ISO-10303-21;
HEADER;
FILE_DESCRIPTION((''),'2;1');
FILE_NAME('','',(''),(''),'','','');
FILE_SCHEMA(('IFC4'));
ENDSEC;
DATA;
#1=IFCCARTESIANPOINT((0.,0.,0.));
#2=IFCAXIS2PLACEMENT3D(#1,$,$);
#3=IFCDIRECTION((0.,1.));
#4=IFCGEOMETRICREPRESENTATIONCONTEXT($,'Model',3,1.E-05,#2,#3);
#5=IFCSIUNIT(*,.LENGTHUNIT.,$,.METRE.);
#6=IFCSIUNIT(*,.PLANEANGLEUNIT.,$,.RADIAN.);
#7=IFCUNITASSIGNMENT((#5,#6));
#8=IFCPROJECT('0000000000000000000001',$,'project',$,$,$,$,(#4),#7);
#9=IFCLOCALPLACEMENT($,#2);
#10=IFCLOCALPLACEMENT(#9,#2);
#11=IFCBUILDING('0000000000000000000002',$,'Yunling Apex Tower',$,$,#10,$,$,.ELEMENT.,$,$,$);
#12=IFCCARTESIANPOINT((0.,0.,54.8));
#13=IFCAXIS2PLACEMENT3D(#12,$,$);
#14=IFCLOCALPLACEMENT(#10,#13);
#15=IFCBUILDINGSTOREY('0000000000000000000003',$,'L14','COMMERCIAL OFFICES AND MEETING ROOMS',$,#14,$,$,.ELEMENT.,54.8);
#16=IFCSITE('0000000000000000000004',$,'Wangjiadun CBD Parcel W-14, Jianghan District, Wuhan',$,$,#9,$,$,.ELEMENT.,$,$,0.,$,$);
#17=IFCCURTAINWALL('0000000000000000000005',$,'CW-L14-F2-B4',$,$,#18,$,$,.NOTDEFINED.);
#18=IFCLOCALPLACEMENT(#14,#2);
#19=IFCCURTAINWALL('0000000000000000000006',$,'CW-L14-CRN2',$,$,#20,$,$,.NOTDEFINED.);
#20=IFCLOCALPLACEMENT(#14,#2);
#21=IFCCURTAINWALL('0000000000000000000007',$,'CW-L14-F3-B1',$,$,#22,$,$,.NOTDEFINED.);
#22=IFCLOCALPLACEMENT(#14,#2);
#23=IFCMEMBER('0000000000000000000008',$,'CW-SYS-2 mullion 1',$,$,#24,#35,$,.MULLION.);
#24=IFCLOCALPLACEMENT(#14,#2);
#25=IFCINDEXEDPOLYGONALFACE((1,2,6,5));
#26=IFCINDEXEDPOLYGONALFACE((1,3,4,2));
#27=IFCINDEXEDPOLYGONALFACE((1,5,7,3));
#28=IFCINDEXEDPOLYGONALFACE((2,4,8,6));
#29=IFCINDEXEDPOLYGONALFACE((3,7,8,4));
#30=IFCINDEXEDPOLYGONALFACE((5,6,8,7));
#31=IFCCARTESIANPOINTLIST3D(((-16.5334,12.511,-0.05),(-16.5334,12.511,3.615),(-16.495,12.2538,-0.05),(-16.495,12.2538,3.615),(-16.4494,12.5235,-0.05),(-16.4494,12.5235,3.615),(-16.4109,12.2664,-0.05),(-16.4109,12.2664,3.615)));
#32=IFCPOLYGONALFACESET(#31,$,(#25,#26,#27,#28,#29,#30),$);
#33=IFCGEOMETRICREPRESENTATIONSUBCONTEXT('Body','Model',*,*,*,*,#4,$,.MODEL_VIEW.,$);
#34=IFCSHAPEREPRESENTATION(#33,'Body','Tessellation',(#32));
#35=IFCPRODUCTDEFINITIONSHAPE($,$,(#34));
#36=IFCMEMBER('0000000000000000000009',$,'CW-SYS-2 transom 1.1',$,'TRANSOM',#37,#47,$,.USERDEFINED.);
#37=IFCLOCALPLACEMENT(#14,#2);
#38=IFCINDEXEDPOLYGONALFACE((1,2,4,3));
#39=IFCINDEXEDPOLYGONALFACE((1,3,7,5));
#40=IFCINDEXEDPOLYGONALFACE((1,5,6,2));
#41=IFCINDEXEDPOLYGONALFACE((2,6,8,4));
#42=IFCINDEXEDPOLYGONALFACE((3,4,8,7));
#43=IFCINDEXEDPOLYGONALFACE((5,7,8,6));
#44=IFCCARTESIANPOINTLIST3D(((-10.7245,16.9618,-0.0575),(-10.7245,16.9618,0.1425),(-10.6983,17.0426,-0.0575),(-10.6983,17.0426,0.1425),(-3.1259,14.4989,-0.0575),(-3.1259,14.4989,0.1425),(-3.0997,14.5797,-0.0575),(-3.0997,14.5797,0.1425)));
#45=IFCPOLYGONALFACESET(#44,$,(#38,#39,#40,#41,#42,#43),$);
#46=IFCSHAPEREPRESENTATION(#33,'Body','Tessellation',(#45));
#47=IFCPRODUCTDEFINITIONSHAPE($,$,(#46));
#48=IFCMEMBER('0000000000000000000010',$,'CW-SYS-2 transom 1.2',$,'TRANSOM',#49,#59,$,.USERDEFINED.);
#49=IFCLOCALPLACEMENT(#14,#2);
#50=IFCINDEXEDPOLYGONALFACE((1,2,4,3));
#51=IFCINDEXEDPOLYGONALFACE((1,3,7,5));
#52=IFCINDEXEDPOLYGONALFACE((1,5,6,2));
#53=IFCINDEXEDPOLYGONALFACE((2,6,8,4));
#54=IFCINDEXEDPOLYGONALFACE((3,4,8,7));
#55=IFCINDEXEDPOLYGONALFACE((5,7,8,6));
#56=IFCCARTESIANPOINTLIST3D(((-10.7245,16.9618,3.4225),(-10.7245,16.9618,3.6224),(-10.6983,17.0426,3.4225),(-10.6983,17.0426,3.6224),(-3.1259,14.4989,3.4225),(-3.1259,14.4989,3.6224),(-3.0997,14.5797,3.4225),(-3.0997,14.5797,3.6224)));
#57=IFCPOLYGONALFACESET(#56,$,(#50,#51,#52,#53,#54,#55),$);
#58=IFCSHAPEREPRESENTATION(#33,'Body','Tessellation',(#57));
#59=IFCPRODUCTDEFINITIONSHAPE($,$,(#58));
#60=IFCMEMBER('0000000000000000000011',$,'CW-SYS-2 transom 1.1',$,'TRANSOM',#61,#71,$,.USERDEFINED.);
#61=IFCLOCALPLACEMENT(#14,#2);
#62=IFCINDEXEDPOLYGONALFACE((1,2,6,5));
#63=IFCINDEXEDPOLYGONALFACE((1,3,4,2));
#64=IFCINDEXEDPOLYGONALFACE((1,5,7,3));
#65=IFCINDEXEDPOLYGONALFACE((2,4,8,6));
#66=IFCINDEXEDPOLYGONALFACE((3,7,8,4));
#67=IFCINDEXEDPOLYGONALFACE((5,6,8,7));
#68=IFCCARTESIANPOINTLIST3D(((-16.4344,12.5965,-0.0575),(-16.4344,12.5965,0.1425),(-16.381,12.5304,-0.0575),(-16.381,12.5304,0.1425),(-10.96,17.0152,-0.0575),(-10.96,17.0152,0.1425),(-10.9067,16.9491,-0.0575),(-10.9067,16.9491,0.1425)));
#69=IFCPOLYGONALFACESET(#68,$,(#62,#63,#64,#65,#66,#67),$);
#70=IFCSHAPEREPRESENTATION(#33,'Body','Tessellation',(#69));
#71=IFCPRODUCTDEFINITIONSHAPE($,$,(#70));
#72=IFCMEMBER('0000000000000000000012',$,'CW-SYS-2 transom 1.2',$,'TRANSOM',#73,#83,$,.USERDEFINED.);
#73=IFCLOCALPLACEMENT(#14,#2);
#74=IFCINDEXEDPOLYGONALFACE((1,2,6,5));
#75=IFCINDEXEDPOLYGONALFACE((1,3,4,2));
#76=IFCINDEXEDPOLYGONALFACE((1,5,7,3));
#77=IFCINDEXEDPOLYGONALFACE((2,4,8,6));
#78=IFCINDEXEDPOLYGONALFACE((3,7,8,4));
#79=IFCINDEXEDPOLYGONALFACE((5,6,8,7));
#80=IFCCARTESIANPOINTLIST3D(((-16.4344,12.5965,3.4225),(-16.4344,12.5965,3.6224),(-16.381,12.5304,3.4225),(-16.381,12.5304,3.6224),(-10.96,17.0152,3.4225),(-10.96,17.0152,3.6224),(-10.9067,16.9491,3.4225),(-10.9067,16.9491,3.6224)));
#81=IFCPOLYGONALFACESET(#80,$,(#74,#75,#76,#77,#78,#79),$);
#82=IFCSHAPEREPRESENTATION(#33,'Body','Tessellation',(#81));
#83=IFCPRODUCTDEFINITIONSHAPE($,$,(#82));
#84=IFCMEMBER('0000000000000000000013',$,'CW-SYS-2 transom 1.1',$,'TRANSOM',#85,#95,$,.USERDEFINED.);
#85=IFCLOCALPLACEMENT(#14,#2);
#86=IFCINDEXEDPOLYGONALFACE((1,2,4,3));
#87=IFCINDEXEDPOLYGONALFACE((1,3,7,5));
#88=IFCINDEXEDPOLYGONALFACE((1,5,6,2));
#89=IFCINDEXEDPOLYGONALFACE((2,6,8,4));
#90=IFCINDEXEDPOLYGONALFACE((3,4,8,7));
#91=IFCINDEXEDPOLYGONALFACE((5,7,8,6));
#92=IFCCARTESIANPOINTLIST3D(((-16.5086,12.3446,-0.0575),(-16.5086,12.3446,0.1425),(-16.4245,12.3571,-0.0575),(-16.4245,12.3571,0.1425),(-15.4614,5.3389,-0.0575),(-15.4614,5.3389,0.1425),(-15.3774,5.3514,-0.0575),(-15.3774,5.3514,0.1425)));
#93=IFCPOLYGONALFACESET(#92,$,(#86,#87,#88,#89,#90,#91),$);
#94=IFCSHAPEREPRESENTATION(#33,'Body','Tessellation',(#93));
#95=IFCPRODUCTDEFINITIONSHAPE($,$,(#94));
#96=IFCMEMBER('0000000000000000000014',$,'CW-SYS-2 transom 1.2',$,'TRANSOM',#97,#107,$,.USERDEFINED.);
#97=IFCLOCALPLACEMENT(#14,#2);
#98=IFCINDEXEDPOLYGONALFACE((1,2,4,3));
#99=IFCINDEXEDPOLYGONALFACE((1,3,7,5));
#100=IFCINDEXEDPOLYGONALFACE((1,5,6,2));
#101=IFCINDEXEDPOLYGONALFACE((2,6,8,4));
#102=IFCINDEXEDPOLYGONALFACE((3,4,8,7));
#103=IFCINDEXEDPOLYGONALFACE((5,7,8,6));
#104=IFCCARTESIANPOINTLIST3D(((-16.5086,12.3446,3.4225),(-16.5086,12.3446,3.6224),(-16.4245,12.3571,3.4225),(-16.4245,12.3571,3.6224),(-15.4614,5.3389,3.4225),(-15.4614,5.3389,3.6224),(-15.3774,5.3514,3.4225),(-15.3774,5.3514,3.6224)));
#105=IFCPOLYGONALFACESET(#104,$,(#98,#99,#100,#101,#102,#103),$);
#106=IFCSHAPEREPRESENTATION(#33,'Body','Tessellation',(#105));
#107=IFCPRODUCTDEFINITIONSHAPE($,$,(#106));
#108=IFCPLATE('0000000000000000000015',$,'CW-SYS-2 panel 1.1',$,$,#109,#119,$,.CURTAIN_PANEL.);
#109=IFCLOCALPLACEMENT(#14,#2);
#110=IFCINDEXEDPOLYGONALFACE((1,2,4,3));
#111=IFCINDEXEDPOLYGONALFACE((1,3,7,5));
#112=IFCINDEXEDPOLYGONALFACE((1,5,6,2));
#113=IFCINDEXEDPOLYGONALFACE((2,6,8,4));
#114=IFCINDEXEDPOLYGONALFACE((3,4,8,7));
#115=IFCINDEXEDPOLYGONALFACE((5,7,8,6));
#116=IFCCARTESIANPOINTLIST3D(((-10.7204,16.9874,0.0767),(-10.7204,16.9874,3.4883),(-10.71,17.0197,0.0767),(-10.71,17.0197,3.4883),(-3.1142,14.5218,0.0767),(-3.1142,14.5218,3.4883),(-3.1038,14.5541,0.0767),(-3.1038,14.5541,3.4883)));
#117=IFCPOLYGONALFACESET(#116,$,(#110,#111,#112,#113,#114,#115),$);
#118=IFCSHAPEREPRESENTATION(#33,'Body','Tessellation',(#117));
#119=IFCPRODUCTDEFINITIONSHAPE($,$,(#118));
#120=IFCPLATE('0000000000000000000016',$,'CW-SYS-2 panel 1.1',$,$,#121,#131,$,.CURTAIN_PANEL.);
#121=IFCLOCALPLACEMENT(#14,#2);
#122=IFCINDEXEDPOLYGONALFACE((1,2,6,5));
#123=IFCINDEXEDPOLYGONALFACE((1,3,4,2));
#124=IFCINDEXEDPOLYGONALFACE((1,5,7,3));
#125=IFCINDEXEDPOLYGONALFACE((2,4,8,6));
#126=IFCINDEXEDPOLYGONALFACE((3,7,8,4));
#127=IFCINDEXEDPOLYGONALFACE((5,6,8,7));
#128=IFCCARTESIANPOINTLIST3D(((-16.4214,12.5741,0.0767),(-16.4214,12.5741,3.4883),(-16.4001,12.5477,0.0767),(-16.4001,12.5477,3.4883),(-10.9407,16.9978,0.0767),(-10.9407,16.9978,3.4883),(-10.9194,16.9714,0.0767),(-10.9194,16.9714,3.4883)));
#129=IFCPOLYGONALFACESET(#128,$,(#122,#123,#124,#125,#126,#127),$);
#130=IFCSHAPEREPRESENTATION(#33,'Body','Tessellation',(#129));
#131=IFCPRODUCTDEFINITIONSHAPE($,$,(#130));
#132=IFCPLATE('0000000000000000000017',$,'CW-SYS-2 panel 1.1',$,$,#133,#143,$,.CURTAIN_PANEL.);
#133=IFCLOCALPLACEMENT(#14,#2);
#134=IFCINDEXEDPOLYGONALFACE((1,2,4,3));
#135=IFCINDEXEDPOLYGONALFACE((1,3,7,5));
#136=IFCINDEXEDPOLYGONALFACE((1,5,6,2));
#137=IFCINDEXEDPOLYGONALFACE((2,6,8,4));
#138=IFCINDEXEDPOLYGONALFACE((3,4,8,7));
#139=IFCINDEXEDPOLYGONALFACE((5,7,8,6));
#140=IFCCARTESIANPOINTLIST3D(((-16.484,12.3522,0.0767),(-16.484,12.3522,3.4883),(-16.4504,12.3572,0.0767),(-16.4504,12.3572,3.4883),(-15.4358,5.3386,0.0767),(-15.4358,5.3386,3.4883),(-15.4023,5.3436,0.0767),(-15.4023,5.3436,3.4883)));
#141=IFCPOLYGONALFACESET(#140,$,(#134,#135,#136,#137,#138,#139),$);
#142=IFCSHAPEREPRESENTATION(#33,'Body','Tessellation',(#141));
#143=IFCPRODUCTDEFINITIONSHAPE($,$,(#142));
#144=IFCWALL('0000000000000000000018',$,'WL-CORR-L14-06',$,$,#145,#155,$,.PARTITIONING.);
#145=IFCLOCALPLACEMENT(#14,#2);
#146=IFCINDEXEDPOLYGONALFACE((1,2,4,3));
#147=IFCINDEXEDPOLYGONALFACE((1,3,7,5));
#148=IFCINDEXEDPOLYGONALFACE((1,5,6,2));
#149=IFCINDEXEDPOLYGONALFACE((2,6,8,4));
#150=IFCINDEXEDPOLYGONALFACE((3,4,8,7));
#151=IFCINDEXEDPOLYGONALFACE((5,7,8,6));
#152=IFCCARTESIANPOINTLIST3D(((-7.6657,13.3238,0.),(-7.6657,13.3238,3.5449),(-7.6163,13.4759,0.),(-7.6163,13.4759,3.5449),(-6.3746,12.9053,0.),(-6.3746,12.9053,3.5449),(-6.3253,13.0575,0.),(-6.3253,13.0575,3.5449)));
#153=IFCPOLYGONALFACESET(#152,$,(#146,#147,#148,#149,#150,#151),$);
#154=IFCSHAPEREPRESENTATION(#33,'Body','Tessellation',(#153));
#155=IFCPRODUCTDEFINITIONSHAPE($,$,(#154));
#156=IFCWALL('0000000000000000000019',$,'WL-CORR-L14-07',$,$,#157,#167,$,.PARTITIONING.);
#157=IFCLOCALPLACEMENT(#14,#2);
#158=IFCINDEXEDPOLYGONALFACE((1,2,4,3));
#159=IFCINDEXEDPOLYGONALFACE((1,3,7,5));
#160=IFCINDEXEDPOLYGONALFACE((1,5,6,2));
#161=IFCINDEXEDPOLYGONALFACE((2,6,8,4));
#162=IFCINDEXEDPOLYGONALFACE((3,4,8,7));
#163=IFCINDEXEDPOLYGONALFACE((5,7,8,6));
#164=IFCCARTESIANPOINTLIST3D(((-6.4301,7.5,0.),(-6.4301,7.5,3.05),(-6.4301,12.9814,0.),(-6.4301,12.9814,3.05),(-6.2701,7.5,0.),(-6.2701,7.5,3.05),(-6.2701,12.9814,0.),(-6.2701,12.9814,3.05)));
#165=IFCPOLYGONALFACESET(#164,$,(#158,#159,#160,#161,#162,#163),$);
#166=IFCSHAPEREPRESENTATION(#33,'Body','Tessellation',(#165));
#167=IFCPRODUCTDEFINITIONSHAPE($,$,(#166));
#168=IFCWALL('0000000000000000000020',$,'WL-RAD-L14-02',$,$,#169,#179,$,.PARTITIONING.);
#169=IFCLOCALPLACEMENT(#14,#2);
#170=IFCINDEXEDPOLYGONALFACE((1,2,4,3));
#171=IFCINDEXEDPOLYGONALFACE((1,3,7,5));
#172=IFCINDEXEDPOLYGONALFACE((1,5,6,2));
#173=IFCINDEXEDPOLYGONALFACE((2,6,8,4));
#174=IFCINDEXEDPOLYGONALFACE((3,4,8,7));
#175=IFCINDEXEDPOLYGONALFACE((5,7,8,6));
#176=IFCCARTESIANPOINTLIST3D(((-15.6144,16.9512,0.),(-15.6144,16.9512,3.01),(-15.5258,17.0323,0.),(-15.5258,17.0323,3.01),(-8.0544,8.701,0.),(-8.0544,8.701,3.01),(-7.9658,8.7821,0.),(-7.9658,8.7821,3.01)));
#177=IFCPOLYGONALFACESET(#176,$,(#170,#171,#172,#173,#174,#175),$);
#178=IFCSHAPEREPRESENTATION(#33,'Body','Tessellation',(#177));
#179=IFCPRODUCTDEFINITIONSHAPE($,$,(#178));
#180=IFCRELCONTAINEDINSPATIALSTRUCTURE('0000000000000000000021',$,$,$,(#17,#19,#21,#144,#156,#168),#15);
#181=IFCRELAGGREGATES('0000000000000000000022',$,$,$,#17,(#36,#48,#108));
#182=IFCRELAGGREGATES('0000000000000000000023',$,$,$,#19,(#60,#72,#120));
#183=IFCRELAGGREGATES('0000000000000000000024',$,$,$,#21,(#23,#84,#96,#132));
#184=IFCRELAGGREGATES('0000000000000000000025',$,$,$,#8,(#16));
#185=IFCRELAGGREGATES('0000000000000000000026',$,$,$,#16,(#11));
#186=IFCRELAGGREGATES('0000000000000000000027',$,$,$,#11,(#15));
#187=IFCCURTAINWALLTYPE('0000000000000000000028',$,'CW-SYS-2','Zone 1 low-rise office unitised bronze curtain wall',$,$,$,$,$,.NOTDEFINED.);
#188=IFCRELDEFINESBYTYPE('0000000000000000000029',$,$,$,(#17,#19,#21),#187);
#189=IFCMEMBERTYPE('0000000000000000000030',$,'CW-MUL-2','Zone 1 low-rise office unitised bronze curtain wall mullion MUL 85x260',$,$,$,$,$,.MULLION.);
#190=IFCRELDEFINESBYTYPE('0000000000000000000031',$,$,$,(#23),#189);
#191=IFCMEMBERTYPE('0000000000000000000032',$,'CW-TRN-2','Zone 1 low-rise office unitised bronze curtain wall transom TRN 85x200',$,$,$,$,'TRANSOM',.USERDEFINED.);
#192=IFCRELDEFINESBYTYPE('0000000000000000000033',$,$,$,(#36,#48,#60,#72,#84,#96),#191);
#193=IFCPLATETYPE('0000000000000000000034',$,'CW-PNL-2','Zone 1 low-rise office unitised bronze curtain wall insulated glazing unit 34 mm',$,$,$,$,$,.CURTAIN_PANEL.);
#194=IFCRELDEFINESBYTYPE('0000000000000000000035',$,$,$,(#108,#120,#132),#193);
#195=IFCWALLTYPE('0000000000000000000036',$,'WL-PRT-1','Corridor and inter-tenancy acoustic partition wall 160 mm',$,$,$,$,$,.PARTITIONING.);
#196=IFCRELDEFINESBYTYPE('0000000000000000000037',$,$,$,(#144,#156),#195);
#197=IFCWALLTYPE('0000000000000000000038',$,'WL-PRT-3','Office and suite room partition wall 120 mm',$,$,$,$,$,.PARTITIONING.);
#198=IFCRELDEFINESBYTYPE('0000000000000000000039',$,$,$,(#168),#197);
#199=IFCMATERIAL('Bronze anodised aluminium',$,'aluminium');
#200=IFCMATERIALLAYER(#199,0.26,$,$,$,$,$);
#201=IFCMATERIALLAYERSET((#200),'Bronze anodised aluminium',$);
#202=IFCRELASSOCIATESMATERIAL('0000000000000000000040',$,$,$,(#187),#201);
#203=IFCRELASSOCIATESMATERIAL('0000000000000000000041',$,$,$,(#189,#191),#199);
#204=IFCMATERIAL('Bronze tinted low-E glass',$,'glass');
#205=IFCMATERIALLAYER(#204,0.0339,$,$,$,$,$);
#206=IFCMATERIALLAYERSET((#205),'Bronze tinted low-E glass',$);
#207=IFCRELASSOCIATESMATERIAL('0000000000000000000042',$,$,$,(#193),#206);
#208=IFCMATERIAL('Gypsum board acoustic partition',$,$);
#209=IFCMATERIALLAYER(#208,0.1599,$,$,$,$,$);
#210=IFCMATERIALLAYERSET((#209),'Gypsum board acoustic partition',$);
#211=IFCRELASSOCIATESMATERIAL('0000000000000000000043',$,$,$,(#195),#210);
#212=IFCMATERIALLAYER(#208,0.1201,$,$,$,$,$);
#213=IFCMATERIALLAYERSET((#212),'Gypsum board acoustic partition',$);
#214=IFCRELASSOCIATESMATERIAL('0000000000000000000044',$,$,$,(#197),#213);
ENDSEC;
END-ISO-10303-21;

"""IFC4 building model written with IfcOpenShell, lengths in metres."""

from ifc_helpers import new_model, si_unit, direction, frame, frame_2d, origin, origin_2d, place, context, subcontext, project, spatial, rectangle, extrude, source, transform, mapped, material, layer, layer_set, material_profile, profile_set, type_object, element, aggregate, save


model = new_model("IFC4")

# Units and contexts
model_context = context("Model", 3, precision=1e-05, world=origin(), true_north=direction((0.0, 1.0)))
body_context = subcontext(model_context, "Body", "Model", "MODEL_VIEW")
ifc_project = project(units=[si_unit("LENGTHUNIT", "METRE"), si_unit("PLANEANGLEUNIT", "RADIAN")], contexts=[model_context])

# Site, building, storey
site_placement = place(None, origin())
site = spatial("IfcSite", under=ifc_project, at=site_placement, Name="Wangjiadun CBD Parcel W-14, Jianghan District, Wuhan", CompositionType="ELEMENT", RefElevation=0.0)
building_placement = place(site_placement, origin())
building = spatial("IfcBuilding", under=site, at=building_placement, Name="Yunling Apex Tower", CompositionType="ELEMENT")
storey_placement = place(building_placement, frame((0.0, 0.0, 54.8)))
storey = spatial("IfcBuildingStorey", under=building, at=storey_placement, Name="L14", Description="COMMERCIAL OFFICES AND MEETING ROOMS", CompositionType="ELEMENT", Elevation=54.8)

# Curtain wall
ifc_material_1 = material(Name="Bronze anodised aluminium", Category="aluminium")
ifc_layer_1 = layer(ifc_material_1, 0.26)
ifc_layer_set_1 = layer_set([ifc_layer_1], Name="Bronze anodised aluminium")
curtain_wall_type = type_object("IfcCurtainWallType", Name="CW-SYS-2", Description="Zone 1 low-rise office unitised bronze curtain wall", PredefinedType="NOTDEFINED", material=ifc_layer_set_1)
curtain_wall_1_placement = place(storey_placement, origin())
curtain_wall_1 = element("IfcCurtainWall", 1, at=curtain_wall_1_placement, inside=storey, type_object=curtain_wall_type, Name="CW-L14-F2-B4", PredefinedType="NOTDEFINED")
ifc_material_profile_1 = material_profile(ifc_material_1, rectangle(XDim=0.085, YDim=0.26, at=origin_2d()))
ifc_profile_set_1 = profile_set([ifc_material_profile_1], Name="Bronze anodised aluminium")
member_type_1 = type_object("IfcMemberType", Name="CW-MUL-2", Description="Zone 1 low-rise office unitised bronze curtain wall mullion MUL 85x260", PredefinedType="MULLION", material=ifc_profile_set_1)
shared_shape_1 = source(origin(), body_context, "Body", "SweptSolid", [
    extrude(rectangle(XDim=0.085, YDim=0.26, at=origin_2d()), origin(), (0.0, 0.0, 1.0), 3.665),
])

# Curtain wall
curtain_wall_2_placement = place(storey_placement, origin())
curtain_wall_2 = element("IfcCurtainWall", 2, at=curtain_wall_2_placement, inside=storey, type_object=curtain_wall_type, Name="CW-L14-CRN2", PredefinedType="NOTDEFINED")

# Curtain wall, member
curtain_wall_3_placement = place(storey_placement, origin())
curtain_wall_3 = element("IfcCurtainWall", 3, at=curtain_wall_3_placement, inside=storey, type_object=curtain_wall_type, Name="CW-L14-F3-B1", PredefinedType="NOTDEFINED")
member_1_placement = place(storey_placement, frame((-16.4722, 12.3887, -0.05), z_axis=(0.0, 0.0, 1.0), x_axis=(0.989017, 0.147799, 0.0)))
member_1 = element("IfcMember", 4, at=member_1_placement, type_object=member_type_1, Name="CW-SYS-2 mullion 1", PredefinedType="MULLION", context=body_context, shape_type="MappedRepresentation", body=[
    mapped(shared_shape_1, transform((0.0, 0.0, 0.0), scale=1.0)),
])

# Members
ifc_material_profile_2 = material_profile(ifc_material_1, rectangle(XDim=0.085, YDim=0.2, at=origin_2d()))
ifc_profile_set_2 = profile_set([ifc_material_profile_2], Name="Bronze anodised aluminium")
member_type_2 = type_object("IfcMemberType", Name="CW-TRN-2", Description="Zone 1 low-rise office unitised bronze curtain wall transom TRN 85x200", ElementType="TRANSOM", PredefinedType="USERDEFINED", material=ifc_profile_set_2)
shared_shape_2 = source(origin(), body_context, "Body", "SweptSolid", [
    extrude(rectangle(XDim=0.085, YDim=0.2, at=origin_2d()), origin(), (0.0, 0.0, 1.0), 7.9878),
])
member_2_placement = place(storey_placement, frame((-3.1128, 14.5393, 0.0425), z_axis=(-0.951279, 0.308331, 0.0), x_axis=(-0.308331, -0.951279, 0.0)))
member_2 = element("IfcMember", 5, at=member_2_placement, type_object=member_type_2, Name="CW-SYS-2 transom 1.1", ObjectType="TRANSOM", PredefinedType="USERDEFINED", context=body_context, shape_type="MappedRepresentation", body=[
    mapped(shared_shape_2, transform((0.0, 0.0, 0.0), scale=1.0)),
])
member_3_placement = place(storey_placement, frame((-3.1128, 14.5393, 3.5225), z_axis=(-0.951279, 0.308331, 0.0), x_axis=(-0.308331, -0.951279, 0.0)))
member_3 = element("IfcMember", 6, at=member_3_placement, type_object=member_type_2, Name="CW-SYS-2 transom 1.2", ObjectType="TRANSOM", PredefinedType="USERDEFINED", context=body_context, shape_type="MappedRepresentation", body=[
    mapped(shared_shape_2, transform((0.0, 0.0, 0.0), scale=1.0)),
])
shared_shape_3 = source(origin(), body_context, "Body", "SweptSolid", [
    extrude(rectangle(XDim=0.085, YDim=0.2, at=origin_2d()), origin(), (0.0, 0.0, 1.0), 7.0352),
])
member_4_placement = place(storey_placement, frame((-10.9333, 16.9822, 0.0425), z_axis=(-0.778143, -0.628087, 0.0), x_axis=(0.628087, -0.778143, 0.0)))
member_4 = element("IfcMember", 7, at=member_4_placement, type_object=member_type_2, Name="CW-SYS-2 transom 1.1", ObjectType="TRANSOM", PredefinedType="USERDEFINED", context=body_context, shape_type="MappedRepresentation", body=[
    mapped(shared_shape_3, transform((0.0, 0.0, 0.0), scale=1.0)),
])
member_5_placement = place(storey_placement, frame((-10.9333, 16.9822, 3.5225), z_axis=(-0.778143, -0.628087, 0.0), x_axis=(0.628087, -0.778143, 0.0)))
member_5 = element("IfcMember", 8, at=member_5_placement, type_object=member_type_2, Name="CW-SYS-2 transom 1.2", ObjectType="TRANSOM", PredefinedType="USERDEFINED", context=body_context, shape_type="MappedRepresentation", body=[
    mapped(shared_shape_3, transform((0.0, 0.0, 0.0), scale=1.0)),
])
shared_shape_4 = source(origin(), body_context, "Body", "SweptSolid", [
    extrude(rectangle(XDim=0.085, YDim=0.2, at=origin_2d()), origin(), (0.0, 0.0, 1.0), 7.0835),
])
member_6_placement = place(storey_placement, frame((-16.4666, 12.3508, 0.0425), z_axis=(0.147826, -0.989013, 0.0), x_axis=(0.989013, 0.147826, 0.0)))
member_6 = element("IfcMember", 9, at=member_6_placement, type_object=member_type_2, Name="CW-SYS-2 transom 1.1", ObjectType="TRANSOM", PredefinedType="USERDEFINED", context=body_context, shape_type="MappedRepresentation", body=[
    mapped(shared_shape_4, transform((0.0, 0.0, 0.0), scale=1.0)),
])
member_7_placement = place(storey_placement, frame((-16.4666, 12.3508, 3.5225), z_axis=(0.147826, -0.989013, 0.0), x_axis=(0.989013, 0.147826, 0.0)))
member_7 = element("IfcMember", 10, at=member_7_placement, type_object=member_type_2, Name="CW-SYS-2 transom 1.2", ObjectType="TRANSOM", PredefinedType="USERDEFINED", context=body_context, shape_type="MappedRepresentation", body=[
    mapped(shared_shape_4, transform((0.0, 0.0, 0.0), scale=1.0)),
])

# Plates
ifc_material_2 = material(Name="Bronze tinted low-E glass", Category="glass")
ifc_layer_2 = layer(ifc_material_2, 0.0339)
ifc_layer_set_2 = layer_set([ifc_layer_2], Name="Bronze tinted low-E glass")
plate_type = type_object("IfcPlateType", Name="CW-PNL-2", Description="Zone 1 low-rise office unitised bronze curtain wall insulated glazing unit 34 mm", PredefinedType="CURTAIN_PANEL", material=ifc_layer_set_2)
shared_shape_5 = source(origin(), body_context, "Body", "SweptSolid", [
    extrude(rectangle(XDim=7.9958, YDim=0.0339, at=origin_2d()), origin(), (0.0, 0.0, 1.0), 3.4116),
])
plate_1_placement = place(storey_placement, frame((-6.9121, 15.7708, 0.0767), z_axis=(0.0, 0.0, 1.0), x_axis=(-0.951271, 0.308357, 0.0)))
plate_1 = element("IfcPlate", 11, at=plate_1_placement, type_object=plate_type, Name="CW-SYS-2 panel 1.1", PredefinedType="CURTAIN_PANEL", context=body_context, shape_type="MappedRepresentation", body=[
    mapped(shared_shape_5, transform((0.0, 0.0, 0.0), scale=1.0)),
])
aggregate(curtain_wall_1, [member_2, member_3, plate_1])
shared_shape_6 = source(origin(), body_context, "Body", "SweptSolid", [
    extrude(rectangle(XDim=7.0432, YDim=0.0339, at=origin_2d()), origin(), (0.0, 0.0, 1.0), 3.4116),
])
plate_2_placement = place(storey_placement, frame((-13.6704, 14.7727, 0.0767), z_axis=(0.0, 0.0, 1.0), x_axis=(-0.778149, -0.62808, 0.0)))
plate_2 = element("IfcPlate", 12, at=plate_2_placement, type_object=plate_type, Name="CW-SYS-2 panel 1.1", PredefinedType="CURTAIN_PANEL", context=body_context, shape_type="MappedRepresentation", body=[
    mapped(shared_shape_6, transform((0.0, 0.0, 0.0), scale=1.0)),
])
aggregate(curtain_wall_2, [member_4, member_5, plate_2])
shared_shape_7 = source(origin(), body_context, "Body", "SweptSolid", [
    extrude(rectangle(XDim=7.0916, YDim=0.0339, at=origin_2d()), origin(), (0.0, 0.0, 1.0), 3.4116),
])
plate_3_placement = place(storey_placement, frame((-15.9431, 8.8479, 0.0767), z_axis=(0.0, 0.0, 1.0), x_axis=(0.147799, -0.989017, 0.0)))
plate_3 = element("IfcPlate", 13, at=plate_3_placement, type_object=plate_type, Name="CW-SYS-2 panel 1.1", PredefinedType="CURTAIN_PANEL", context=body_context, shape_type="MappedRepresentation", body=[
    mapped(shared_shape_7, transform((0.0, 0.0, 0.0), scale=1.0)),
])
aggregate(curtain_wall_3, [member_1, member_6, member_7, plate_3])

# Walls
ifc_material_3 = material(Name="Gypsum board acoustic partition")
ifc_layer_3 = layer(ifc_material_3, 0.1599)
ifc_layer_set_3 = layer_set([ifc_layer_3], Name="Gypsum board acoustic partition")
wall_type_1 = type_object("IfcWallType", Name="WL-PRT-1", Description="Corridor and inter-tenancy acoustic partition wall 160 mm", PredefinedType="PARTITIONING", material=ifc_layer_set_3)
wall_1_placement = place(storey_placement, frame((-7.6411, 13.3999, 0.0), z_axis=(0.0, 0.0, 1.0), x_axis=(0.951277, -0.308338, 0.0)))
element("IfcWall", 14, at=wall_1_placement, inside=storey, type_object=wall_type_1, Name="WL-CORR-L14-06", PredefinedType="PARTITIONING", context=body_context, shape_type="SweptSolid", body=[
    extrude(rectangle(XDim=1.3572, YDim=0.1599, at=frame_2d((0.6787, 0.0))), origin(), (0.0, 0.0, 1.0), 3.5449),
])
wall_2_placement = place(storey_placement, frame((-6.3501, 12.9814, 0.0), z_axis=(0.0, 0.0, 1.0), x_axis=(0.0, -1.0, 0.0)))
element("IfcWall", 15, at=wall_2_placement, inside=storey, type_object=wall_type_1, Name="WL-CORR-L14-07", PredefinedType="PARTITIONING", context=body_context, shape_type="SweptSolid", body=[
    extrude(rectangle(XDim=5.4814, YDim=0.1599, at=frame_2d((2.7407, 0.0))), origin(), (0.0, 0.0, 1.0), 3.05),
])
ifc_layer_4 = layer(ifc_material_3, 0.1201)
ifc_layer_set_4 = layer_set([ifc_layer_4], Name="Gypsum board acoustic partition")
wall_type_2 = type_object("IfcWallType", Name="WL-PRT-3", Description="Office and suite room partition wall 120 mm", PredefinedType="PARTITIONING", material=ifc_layer_set_4)
wall_3_placement = place(storey_placement, frame((-8.01, 8.7415, 0.0), z_axis=(0.0, 0.0, 1.0), x_axis=(-0.675595, 0.737273, 0.0)))
element("IfcWall", 16, at=wall_3_placement, inside=storey, type_object=wall_type_2, Name="WL-RAD-L14-02", PredefinedType="PARTITIONING", context=body_context, shape_type="SweptSolid", body=[
    extrude(rectangle(XDim=11.1902, YDim=0.1201, at=frame_2d((5.5952, 0.0))), origin(), (0.0, 0.0, 1.0), 3.01),
])

save(model, "model.ifc")
